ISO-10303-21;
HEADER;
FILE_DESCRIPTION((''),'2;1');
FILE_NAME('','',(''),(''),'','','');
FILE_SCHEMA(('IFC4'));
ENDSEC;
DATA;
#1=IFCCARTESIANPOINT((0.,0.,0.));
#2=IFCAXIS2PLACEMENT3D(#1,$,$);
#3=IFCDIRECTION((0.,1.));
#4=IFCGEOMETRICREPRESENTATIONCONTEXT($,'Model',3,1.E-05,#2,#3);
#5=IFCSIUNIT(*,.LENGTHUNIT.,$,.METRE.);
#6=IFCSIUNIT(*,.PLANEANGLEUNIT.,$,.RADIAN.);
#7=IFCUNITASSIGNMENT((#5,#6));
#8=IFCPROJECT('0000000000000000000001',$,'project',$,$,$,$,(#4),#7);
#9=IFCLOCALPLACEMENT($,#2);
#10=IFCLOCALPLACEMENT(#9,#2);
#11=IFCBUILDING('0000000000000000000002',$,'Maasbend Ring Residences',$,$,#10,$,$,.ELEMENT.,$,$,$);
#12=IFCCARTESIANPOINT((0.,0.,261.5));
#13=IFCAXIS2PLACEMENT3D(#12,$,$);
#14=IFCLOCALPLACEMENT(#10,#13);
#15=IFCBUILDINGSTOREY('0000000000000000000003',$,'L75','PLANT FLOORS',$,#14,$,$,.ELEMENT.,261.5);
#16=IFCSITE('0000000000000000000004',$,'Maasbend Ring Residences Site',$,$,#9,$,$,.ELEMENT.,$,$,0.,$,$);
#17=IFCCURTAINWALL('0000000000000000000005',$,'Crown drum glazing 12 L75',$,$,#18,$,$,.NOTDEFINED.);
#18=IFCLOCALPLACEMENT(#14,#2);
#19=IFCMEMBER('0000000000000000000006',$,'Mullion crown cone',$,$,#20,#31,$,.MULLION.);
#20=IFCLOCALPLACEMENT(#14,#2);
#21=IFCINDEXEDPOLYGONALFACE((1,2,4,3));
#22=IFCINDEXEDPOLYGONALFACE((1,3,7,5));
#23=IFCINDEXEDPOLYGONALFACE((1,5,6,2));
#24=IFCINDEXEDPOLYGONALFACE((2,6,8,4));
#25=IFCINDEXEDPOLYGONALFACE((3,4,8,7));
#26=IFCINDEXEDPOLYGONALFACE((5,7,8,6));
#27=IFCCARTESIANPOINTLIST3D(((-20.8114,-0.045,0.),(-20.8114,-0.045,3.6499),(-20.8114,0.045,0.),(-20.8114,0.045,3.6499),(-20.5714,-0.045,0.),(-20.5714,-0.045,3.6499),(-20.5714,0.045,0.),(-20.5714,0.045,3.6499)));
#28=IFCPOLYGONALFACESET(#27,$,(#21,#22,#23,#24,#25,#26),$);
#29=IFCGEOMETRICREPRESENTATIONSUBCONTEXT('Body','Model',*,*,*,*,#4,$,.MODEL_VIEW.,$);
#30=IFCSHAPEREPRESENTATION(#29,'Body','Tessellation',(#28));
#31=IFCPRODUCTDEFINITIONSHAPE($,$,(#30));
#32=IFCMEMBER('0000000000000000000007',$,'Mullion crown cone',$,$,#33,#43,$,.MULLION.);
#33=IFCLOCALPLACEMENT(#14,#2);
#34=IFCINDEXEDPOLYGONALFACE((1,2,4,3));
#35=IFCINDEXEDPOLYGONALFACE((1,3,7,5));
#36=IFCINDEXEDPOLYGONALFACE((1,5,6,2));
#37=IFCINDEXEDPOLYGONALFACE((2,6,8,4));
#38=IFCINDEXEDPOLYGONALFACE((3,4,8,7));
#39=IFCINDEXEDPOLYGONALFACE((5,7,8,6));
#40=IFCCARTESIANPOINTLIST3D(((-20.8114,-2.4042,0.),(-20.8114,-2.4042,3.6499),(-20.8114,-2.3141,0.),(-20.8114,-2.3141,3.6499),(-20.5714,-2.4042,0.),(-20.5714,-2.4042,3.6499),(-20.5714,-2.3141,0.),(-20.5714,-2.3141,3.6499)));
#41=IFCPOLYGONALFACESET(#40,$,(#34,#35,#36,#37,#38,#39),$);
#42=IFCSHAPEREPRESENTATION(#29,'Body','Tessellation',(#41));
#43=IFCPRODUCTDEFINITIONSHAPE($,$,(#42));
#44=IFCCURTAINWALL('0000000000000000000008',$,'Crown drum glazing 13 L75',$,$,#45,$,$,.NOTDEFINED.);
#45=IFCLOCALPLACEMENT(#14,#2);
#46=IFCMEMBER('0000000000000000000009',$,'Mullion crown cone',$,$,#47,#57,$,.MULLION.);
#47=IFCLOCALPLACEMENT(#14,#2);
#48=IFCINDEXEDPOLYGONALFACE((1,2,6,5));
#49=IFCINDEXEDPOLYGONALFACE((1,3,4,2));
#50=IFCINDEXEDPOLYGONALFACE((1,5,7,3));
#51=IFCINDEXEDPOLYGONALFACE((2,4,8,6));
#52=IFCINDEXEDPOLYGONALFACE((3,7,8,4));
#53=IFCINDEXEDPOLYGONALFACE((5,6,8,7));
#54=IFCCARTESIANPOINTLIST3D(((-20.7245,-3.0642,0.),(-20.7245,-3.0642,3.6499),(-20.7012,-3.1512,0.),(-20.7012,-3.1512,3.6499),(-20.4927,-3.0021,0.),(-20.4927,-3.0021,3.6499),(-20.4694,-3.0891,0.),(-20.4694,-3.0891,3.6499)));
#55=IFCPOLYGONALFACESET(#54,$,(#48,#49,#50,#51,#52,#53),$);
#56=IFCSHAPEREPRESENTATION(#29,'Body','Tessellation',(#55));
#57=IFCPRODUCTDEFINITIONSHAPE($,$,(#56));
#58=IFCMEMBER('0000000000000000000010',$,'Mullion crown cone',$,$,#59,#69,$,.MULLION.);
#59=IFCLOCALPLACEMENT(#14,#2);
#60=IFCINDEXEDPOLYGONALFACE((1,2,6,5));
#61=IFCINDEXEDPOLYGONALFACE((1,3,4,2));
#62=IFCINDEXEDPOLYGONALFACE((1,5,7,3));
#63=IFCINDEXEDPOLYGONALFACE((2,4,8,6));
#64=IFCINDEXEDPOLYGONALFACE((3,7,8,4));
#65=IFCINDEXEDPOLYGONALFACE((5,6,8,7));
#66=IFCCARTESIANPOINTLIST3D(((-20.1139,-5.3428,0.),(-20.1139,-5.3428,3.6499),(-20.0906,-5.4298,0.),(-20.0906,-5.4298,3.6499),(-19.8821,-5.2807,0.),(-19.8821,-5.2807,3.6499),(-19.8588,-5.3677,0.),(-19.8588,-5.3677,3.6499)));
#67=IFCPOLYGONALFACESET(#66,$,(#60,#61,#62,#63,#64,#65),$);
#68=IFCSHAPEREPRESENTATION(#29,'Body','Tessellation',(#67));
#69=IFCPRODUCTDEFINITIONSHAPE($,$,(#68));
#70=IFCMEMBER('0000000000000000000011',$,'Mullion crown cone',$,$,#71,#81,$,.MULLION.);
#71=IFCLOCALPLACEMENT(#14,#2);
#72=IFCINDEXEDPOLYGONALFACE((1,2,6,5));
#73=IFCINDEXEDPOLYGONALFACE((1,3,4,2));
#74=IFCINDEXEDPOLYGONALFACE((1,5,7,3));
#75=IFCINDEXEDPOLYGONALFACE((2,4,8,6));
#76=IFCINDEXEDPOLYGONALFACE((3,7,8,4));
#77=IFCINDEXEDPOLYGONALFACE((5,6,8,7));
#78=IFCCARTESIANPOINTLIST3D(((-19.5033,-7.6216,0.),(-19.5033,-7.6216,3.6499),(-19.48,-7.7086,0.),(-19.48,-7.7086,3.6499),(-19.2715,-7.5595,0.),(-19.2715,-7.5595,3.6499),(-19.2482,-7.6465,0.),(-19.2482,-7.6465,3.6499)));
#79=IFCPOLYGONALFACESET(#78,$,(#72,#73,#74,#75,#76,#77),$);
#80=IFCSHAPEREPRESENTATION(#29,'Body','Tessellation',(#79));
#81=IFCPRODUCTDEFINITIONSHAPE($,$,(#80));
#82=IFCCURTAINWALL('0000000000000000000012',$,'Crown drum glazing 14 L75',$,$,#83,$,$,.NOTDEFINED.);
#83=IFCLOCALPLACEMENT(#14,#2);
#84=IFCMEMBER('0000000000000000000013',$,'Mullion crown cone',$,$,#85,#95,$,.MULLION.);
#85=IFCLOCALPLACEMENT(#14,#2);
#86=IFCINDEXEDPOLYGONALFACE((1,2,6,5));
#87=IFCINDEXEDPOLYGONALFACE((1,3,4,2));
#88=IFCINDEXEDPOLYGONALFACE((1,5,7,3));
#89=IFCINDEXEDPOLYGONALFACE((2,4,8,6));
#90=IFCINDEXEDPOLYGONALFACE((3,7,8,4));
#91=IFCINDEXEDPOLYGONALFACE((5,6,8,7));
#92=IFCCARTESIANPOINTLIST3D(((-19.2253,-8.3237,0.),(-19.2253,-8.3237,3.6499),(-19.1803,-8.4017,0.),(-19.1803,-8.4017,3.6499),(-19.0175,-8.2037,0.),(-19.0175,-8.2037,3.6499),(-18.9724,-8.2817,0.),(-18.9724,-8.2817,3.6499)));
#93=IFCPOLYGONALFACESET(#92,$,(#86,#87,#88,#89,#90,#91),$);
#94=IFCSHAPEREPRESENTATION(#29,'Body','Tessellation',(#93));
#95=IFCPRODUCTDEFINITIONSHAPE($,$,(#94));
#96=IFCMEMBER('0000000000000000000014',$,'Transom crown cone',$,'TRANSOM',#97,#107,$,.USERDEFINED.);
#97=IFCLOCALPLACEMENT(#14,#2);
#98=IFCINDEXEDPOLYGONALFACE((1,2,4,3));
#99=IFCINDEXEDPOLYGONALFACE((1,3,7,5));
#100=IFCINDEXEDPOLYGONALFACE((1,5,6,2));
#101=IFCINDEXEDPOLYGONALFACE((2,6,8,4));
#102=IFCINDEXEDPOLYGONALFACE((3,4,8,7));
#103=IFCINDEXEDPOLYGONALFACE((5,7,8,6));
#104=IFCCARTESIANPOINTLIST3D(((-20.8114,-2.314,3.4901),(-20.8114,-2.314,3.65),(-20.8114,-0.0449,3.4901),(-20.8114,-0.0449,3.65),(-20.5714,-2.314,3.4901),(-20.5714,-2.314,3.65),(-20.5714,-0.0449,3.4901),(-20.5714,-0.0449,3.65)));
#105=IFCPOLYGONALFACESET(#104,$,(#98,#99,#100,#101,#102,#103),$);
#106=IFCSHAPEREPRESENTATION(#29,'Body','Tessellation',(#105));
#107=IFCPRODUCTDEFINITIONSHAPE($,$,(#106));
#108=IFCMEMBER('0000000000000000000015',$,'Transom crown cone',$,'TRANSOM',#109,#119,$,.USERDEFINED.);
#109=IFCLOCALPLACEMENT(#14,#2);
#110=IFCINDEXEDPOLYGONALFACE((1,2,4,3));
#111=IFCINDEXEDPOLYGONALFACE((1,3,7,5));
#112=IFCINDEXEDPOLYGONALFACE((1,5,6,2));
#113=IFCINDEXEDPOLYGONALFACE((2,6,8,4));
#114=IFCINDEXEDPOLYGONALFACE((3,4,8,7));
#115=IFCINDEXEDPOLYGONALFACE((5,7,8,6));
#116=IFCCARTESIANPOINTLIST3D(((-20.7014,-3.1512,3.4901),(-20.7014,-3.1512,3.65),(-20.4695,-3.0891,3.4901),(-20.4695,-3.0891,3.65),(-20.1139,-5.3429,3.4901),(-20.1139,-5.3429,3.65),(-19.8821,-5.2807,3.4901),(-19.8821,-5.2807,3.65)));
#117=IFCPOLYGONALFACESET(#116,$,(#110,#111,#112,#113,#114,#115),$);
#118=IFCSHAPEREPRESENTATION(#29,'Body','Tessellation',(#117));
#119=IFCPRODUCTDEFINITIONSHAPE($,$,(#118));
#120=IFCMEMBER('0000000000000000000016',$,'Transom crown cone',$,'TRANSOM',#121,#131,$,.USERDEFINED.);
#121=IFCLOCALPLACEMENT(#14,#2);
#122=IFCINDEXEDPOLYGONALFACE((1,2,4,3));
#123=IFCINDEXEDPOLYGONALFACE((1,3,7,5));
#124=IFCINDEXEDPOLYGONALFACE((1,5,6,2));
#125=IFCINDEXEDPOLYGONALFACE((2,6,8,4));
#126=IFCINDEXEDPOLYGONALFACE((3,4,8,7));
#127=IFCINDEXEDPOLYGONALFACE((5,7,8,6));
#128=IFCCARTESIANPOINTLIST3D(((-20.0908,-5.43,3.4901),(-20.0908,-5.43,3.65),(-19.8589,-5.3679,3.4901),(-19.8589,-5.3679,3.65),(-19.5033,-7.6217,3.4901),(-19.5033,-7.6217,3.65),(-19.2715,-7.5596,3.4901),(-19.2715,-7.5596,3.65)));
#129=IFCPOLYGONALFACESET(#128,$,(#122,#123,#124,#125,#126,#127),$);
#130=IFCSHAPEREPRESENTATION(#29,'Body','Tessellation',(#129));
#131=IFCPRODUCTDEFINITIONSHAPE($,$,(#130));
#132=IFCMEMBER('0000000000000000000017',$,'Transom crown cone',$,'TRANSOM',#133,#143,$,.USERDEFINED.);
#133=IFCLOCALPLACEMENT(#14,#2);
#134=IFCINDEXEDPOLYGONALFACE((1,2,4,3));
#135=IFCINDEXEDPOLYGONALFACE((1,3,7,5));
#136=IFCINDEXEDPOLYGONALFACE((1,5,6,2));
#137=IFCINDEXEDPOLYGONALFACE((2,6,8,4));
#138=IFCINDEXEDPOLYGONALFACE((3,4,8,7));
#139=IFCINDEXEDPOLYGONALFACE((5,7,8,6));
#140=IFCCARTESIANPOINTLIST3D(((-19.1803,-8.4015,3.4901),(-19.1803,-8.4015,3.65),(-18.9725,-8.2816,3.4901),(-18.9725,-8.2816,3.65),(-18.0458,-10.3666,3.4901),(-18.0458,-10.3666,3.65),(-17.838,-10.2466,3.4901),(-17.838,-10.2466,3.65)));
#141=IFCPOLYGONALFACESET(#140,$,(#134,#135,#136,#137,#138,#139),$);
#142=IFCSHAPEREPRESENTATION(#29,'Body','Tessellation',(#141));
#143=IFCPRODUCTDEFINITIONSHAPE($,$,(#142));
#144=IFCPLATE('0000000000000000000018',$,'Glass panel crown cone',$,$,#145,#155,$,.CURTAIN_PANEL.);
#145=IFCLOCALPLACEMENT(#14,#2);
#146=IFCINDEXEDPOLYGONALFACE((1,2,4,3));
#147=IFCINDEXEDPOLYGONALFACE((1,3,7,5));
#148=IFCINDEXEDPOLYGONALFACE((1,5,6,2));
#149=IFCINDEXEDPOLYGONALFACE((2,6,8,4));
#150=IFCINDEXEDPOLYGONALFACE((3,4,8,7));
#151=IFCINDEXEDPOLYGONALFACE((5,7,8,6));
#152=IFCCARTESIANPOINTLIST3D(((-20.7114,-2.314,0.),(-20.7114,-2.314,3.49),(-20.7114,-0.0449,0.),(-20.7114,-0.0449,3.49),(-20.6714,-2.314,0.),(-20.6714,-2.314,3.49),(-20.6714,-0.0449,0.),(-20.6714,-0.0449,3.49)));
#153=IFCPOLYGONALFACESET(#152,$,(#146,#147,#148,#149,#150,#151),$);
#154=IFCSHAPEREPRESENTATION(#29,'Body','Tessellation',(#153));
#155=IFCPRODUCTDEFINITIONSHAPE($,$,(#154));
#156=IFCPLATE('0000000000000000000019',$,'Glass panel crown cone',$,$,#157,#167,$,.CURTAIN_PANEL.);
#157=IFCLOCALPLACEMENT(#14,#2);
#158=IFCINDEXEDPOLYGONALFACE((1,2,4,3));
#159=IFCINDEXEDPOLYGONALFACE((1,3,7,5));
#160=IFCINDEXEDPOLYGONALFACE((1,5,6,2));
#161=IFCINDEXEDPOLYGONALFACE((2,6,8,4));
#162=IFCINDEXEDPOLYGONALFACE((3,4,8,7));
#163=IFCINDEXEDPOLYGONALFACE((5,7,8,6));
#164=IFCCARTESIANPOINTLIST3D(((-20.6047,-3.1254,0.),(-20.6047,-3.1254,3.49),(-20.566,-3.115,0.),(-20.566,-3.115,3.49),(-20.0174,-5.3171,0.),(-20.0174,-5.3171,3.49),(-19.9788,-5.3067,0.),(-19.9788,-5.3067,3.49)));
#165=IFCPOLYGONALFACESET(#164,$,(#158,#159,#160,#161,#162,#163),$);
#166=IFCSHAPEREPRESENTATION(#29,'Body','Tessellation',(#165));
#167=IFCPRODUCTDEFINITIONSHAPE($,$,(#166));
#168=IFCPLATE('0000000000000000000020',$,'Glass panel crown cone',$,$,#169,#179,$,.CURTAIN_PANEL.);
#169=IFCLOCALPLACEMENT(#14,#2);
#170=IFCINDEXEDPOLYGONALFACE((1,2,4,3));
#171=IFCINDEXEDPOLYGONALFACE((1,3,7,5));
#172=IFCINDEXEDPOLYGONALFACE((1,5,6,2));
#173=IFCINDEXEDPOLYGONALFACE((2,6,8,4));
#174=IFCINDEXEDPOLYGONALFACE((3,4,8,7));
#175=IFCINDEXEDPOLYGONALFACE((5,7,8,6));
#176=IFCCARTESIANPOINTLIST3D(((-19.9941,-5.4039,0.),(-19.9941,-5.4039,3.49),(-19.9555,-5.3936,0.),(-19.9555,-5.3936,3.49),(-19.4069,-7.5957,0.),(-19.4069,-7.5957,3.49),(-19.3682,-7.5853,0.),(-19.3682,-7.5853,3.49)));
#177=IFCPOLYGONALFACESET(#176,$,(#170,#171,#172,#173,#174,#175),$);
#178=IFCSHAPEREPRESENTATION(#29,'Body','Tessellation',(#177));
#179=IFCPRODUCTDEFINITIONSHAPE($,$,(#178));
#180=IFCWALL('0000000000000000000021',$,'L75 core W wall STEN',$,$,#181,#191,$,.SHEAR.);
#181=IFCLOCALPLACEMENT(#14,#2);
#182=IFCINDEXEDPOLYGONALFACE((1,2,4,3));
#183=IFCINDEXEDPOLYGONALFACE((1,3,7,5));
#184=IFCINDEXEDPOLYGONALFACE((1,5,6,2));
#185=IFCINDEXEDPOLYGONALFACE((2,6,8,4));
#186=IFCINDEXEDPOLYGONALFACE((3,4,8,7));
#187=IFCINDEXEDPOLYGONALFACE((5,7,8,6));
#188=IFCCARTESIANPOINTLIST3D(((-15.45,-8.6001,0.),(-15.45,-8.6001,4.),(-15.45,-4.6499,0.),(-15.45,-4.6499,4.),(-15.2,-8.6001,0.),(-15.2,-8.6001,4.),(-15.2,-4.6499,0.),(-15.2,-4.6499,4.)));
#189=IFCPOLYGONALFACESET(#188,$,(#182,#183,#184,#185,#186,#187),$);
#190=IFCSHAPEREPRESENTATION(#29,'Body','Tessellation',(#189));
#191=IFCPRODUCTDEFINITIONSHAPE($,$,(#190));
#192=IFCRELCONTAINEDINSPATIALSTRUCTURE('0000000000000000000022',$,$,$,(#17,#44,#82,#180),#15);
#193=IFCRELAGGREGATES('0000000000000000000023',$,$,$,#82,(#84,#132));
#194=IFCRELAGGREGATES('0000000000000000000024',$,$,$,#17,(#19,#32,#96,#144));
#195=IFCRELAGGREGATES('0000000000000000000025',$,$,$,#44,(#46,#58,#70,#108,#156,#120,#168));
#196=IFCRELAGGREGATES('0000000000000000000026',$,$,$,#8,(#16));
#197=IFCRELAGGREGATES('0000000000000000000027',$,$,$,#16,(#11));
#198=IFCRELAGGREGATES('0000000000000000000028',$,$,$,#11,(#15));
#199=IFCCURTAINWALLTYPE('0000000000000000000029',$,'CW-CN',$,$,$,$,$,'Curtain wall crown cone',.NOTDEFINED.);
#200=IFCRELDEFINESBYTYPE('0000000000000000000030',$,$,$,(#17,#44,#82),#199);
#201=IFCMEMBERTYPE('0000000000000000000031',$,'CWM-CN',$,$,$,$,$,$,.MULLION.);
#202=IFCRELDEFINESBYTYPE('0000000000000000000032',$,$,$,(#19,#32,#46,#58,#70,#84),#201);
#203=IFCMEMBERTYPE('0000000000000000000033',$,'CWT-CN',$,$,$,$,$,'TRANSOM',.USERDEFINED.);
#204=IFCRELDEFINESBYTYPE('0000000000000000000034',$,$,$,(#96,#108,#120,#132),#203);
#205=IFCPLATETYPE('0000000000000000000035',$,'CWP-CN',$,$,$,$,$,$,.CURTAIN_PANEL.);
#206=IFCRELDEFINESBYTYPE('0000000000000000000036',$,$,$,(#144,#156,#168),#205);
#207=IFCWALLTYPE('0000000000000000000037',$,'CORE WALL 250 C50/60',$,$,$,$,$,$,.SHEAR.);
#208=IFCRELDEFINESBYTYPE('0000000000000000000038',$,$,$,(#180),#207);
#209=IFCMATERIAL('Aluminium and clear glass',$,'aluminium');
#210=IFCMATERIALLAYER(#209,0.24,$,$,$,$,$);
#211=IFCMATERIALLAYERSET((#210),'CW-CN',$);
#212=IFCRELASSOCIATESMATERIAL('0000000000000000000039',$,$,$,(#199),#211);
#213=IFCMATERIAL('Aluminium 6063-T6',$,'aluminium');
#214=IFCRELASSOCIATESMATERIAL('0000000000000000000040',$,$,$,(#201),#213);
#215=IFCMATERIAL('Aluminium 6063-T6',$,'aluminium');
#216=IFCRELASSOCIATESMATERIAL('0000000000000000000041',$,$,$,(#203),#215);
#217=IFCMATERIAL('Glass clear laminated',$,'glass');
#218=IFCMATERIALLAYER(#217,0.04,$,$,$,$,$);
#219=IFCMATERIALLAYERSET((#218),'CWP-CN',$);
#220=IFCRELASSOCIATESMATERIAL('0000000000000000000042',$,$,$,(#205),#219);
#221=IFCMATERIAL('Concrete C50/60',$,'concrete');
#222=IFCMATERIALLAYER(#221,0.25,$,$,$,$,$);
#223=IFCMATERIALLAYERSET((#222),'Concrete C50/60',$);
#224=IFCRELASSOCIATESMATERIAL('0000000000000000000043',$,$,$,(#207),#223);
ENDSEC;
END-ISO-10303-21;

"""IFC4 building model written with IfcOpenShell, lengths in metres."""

from ifc_helpers import new_model, si_unit, direction, frame, frame_2d, origin, origin_2d, place, context, subcontext, project, spatial, rectangle, extrude, material, layer, layer_set, material_profile, profile_set, type_object, element, aggregate, save


model = new_model("IFC4")

# Units and contexts
model_context = context("Model", 3, precision=1e-05, world=origin(), true_north=direction((0.0, 1.0)))
body_context = subcontext(model_context, "Body", "Model", "MODEL_VIEW")
ifc_project = project(units=[si_unit("LENGTHUNIT", "METRE"), si_unit("PLANEANGLEUNIT", "RADIAN")], contexts=[model_context])

# Site, building, storey
site_placement = place(None, origin())
site = spatial("IfcSite", under=ifc_project, at=site_placement, Name="Maasbend Ring Residences Site", CompositionType="ELEMENT", RefElevation=0.0)
building_placement = place(site_placement, origin())
building = spatial("IfcBuilding", under=site, at=building_placement, Name="Maasbend Ring Residences", CompositionType="ELEMENT")
storey_placement = place(building_placement, frame((0.0, 0.0, 261.5)))
storey = spatial("IfcBuildingStorey", under=building, at=storey_placement, Name="L75", Description="PLANT FLOORS", CompositionType="ELEMENT", Elevation=261.5)

# Curtain walls, members
ifc_material_1 = material(Name="Aluminium and clear glass", Category="aluminium")
ifc_layer_1 = layer(ifc_material_1, 0.24)
ifc_layer_set_1 = layer_set([ifc_layer_1], Name="CW-CN")
curtain_wall_type = type_object("IfcCurtainWallType", Name="CW-CN", ElementType="Curtain wall crown cone", PredefinedType="NOTDEFINED", material=ifc_layer_set_1)
curtain_wall_1_placement = place(storey_placement, origin())
curtain_wall_1 = element("IfcCurtainWall", 1, at=curtain_wall_1_placement, inside=storey, type_object=curtain_wall_type, Name="Crown drum glazing 12 L75", PredefinedType="NOTDEFINED")
ifc_material_2 = material(Name="Aluminium 6063-T6", Category="aluminium")
ifc_material_profile_1 = material_profile(ifc_material_2, rectangle(XDim=0.24, YDim=0.0901, at=origin_2d()), Name="AL 240x90")
ifc_profile_set_1 = profile_set([ifc_material_profile_1], Name="Aluminium 6063-T6")
member_type_1 = type_object("IfcMemberType", Name="CWM-CN", PredefinedType="MULLION", material=ifc_profile_set_1)
member_1_placement = place(storey_placement, frame((-20.6914, 0.0, 0.0), z_axis=(0.0, 0.0, 1.0), x_axis=(1.0, 0.0, 0.0)))
member_1 = element("IfcMember", 2, at=member_1_placement, type_object=member_type_1, Name="Mullion crown cone", PredefinedType="MULLION", context=body_context, shape_type="SweptSolid", body=[
    extrude(rectangle(XDim=0.24, YDim=0.0901, at=origin_2d()), origin(), (0.0, 0.0, 1.0), 3.6499),
])
member_2_placement = place(storey_placement, frame((-20.6914, -2.3591, 0.0), z_axis=(0.0, 0.0, 1.0), x_axis=(1.0, 0.0, 0.0)))
member_2 = element("IfcMember", 3, at=member_2_placement, type_object=member_type_1, Name="Mullion crown cone", PredefinedType="MULLION", context=body_context, shape_type="SweptSolid", body=[
    extrude(rectangle(XDim=0.24, YDim=0.0901, at=origin_2d()), origin(), (0.0, 0.0, 1.0), 3.6499),
])
curtain_wall_2_placement = place(storey_placement, origin())
curtain_wall_2 = element("IfcCurtainWall", 4, at=curtain_wall_2_placement, inside=storey, type_object=curtain_wall_type, Name="Crown drum glazing 13 L75", PredefinedType="NOTDEFINED")
member_3_placement = place(storey_placement, frame((-20.5969, -3.0767, 0.0), z_axis=(0.0, 0.0, 1.0), x_axis=(0.965926, 0.258819, 0.0)))
member_3 = element("IfcMember", 5, at=member_3_placement, type_object=member_type_1, Name="Mullion crown cone", PredefinedType="MULLION", context=body_context, shape_type="SweptSolid", body=[
    extrude(rectangle(XDim=0.24, YDim=0.0901, at=origin_2d()), origin(), (0.0, 0.0, 1.0), 3.6499),
])
member_4_placement = place(storey_placement, frame((-19.9863, -5.3552, 0.0), z_axis=(0.0, 0.0, 1.0), x_axis=(0.965926, 0.258819, 0.0)))
member_4 = element("IfcMember", 6, at=member_4_placement, type_object=member_type_1, Name="Mullion crown cone", PredefinedType="MULLION", context=body_context, shape_type="SweptSolid", body=[
    extrude(rectangle(XDim=0.24, YDim=0.0901, at=origin_2d()), origin(), (0.0, 0.0, 1.0), 3.6499),
])
member_5_placement = place(storey_placement, frame((-19.3757, -7.634, 0.0), z_axis=(0.0, 0.0, 1.0), x_axis=(0.965926, 0.258819, 0.0)))
member_5 = element("IfcMember", 7, at=member_5_placement, type_object=member_type_1, Name="Mullion crown cone", PredefinedType="MULLION", context=body_context, shape_type="SweptSolid", body=[
    extrude(rectangle(XDim=0.24, YDim=0.0901, at=origin_2d()), origin(), (0.0, 0.0, 1.0), 3.6499),
])

# Curtain wall, member
curtain_wall_3_placement = place(storey_placement, origin())
curtain_wall_3 = element("IfcCurtainWall", 8, at=curtain_wall_3_placement, inside=storey, type_object=curtain_wall_type, Name="Crown drum glazing 14 L75", PredefinedType="NOTDEFINED")
member_6_placement = place(storey_placement, frame((-19.0989, -8.3027, 0.0), z_axis=(0.0, 0.0, 1.0), x_axis=(0.866025, 0.5, 0.0)))
member_6 = element("IfcMember", 9, at=member_6_placement, type_object=member_type_1, Name="Mullion crown cone", PredefinedType="MULLION", context=body_context, shape_type="SweptSolid", body=[
    extrude(rectangle(XDim=0.24, YDim=0.0901, at=origin_2d()), origin(), (0.0, 0.0, 1.0), 3.6499),
])

# Members
ifc_material_3 = material(Name="Aluminium 6063-T6", Category="aluminium")
ifc_material_profile_2 = material_profile(ifc_material_3, rectangle(XDim=0.24, YDim=0.1599, at=origin_2d()), Name="AL 240x160")
ifc_profile_set_2 = profile_set([ifc_material_profile_2], Name="Aluminium 6063-T6")
member_type_2 = type_object("IfcMemberType", Name="CWT-CN", ElementType="TRANSOM", PredefinedType="USERDEFINED", material=ifc_profile_set_2)
member_7_placement = place(storey_placement, frame((-20.6914, -0.0449, 3.5701), z_axis=(0.0, -1.0, 0.0), x_axis=(1.0, 0.0, 0.0)))
member_7 = element("IfcMember", 10, at=member_7_placement, type_object=member_type_2, Name="Transom crown cone", ObjectType="TRANSOM", PredefinedType="USERDEFINED", context=body_context, shape_type="SweptSolid", body=[
    extrude(rectangle(XDim=0.24, YDim=0.1599, at=origin_2d()), origin(), (0.0, 0.0, 1.0), 2.269),
])
member_8_placement = place(storey_placement, frame((-20.5854, -3.1201, 3.5701), z_axis=(0.258881, -0.965909, 0.0), x_axis=(0.965909, 0.258881, 0.0)))
member_8 = element("IfcMember", 11, at=member_8_placement, type_object=member_type_2, Name="Transom crown cone", ObjectType="TRANSOM", PredefinedType="USERDEFINED", context=body_context, shape_type="SweptSolid", body=[
    extrude(rectangle(XDim=0.24, YDim=0.1599, at=origin_2d()), origin(), (0.0, 0.0, 1.0), 2.269),
])
member_9_placement = place(storey_placement, frame((-19.9749, -5.3989, 3.5701), z_axis=(0.258881, -0.965909, 0.0), x_axis=(0.965909, 0.258881, 0.0)))
member_9 = element("IfcMember", 12, at=member_9_placement, type_object=member_type_2, Name="Transom crown cone", ObjectType="TRANSOM", PredefinedType="USERDEFINED", context=body_context, shape_type="SweptSolid", body=[
    extrude(rectangle(XDim=0.24, YDim=0.1599, at=origin_2d()), origin(), (0.0, 0.0, 1.0), 2.269),
])
member_10_placement = place(storey_placement, frame((-19.0764, -8.3416, 3.5701), z_axis=(0.499993, -0.86603, 0.0), x_axis=(0.86603, 0.499993, 0.0)))
member_10 = element("IfcMember", 13, at=member_10_placement, type_object=member_type_2, Name="Transom crown cone", ObjectType="TRANSOM", PredefinedType="USERDEFINED", context=body_context, shape_type="SweptSolid", body=[
    extrude(rectangle(XDim=0.24, YDim=0.1599, at=origin_2d()), origin(), (0.0, 0.0, 1.0), 2.269),
])
aggregate(curtain_wall_3, [member_6, member_10])

# Plates
ifc_material_4 = material(Name="Glass clear laminated", Category="glass")
ifc_layer_2 = layer(ifc_material_4, 0.04)
ifc_layer_set_2 = layer_set([ifc_layer_2], Name="CWP-CN")
plate_type = type_object("IfcPlateType", Name="CWP-CN", PredefinedType="CURTAIN_PANEL", material=ifc_layer_set_2)
plate_1_placement = place(storey_placement, frame((-20.6914, -1.1794, 0.0), z_axis=(0.0, 0.0, 1.0), x_axis=(0.0, -1.0, 0.0)))
plate_1 = element("IfcPlate", 14, at=plate_1_placement, type_object=plate_type, Name="Glass panel crown cone", PredefinedType="CURTAIN_PANEL", context=body_context, shape_type="SweptSolid", body=[
    extrude(rectangle(XDim=2.269, YDim=0.04, at=origin_2d()), origin(), (0.0, 0.0, 1.0), 3.49),
])
aggregate(curtain_wall_1, [member_1, member_2, member_7, plate_1])
plate_2_placement = place(storey_placement, frame((-20.2917, -4.2161, 0.0), z_axis=(0.0, 0.0, 1.0), x_axis=(0.258819, -0.965926, 0.0)))
plate_2 = element("IfcPlate", 15, at=plate_2_placement, type_object=plate_type, Name="Glass panel crown cone", PredefinedType="CURTAIN_PANEL", context=body_context, shape_type="SweptSolid", body=[
    extrude(rectangle(XDim=2.269, YDim=0.04, at=origin_2d()), origin(), (0.0, 0.0, 1.0), 3.49),
])
plate_3_placement = place(storey_placement, frame((-19.6812, -6.4946, 0.0), z_axis=(0.0, 0.0, 1.0), x_axis=(0.258819, -0.965926, 0.0)))
plate_3 = element("IfcPlate", 16, at=plate_3_placement, type_object=plate_type, Name="Glass panel crown cone", PredefinedType="CURTAIN_PANEL", context=body_context, shape_type="SweptSolid", body=[
    extrude(rectangle(XDim=2.269, YDim=0.04, at=origin_2d()), origin(), (0.0, 0.0, 1.0), 3.49),
])
aggregate(curtain_wall_2, [member_3, member_4, member_5, member_8, plate_2, member_9, plate_3])

# Wall
ifc_material_5 = material(Name="Concrete C50/60", Category="concrete")
ifc_layer_3 = layer(ifc_material_5, 0.25)
ifc_layer_set_3 = layer_set([ifc_layer_3], Name="Concrete C50/60")
wall_type_1 = type_object("IfcWallType", Name="CORE WALL 250 C50/60", PredefinedType="SHEAR", material=ifc_layer_set_3)
wall_1_placement = place(storey_placement, frame((-15.325, -4.6499, 0.0), z_axis=(0.0, 0.0, 1.0), x_axis=(0.0, -1.0, 0.0)))
element("IfcWall", 17, at=wall_1_placement, inside=storey, type_object=wall_type_1, Name="L75 core W wall STEN", PredefinedType="SHEAR", context=body_context, shape_type="SweptSolid", body=[
    extrude(rectangle(XDim=3.9502, YDim=0.25, at=frame_2d((1.9751, 0.0))), origin(), (0.0, 0.0, 1.0), 4.0),
])

save(model, "model.ifc")
